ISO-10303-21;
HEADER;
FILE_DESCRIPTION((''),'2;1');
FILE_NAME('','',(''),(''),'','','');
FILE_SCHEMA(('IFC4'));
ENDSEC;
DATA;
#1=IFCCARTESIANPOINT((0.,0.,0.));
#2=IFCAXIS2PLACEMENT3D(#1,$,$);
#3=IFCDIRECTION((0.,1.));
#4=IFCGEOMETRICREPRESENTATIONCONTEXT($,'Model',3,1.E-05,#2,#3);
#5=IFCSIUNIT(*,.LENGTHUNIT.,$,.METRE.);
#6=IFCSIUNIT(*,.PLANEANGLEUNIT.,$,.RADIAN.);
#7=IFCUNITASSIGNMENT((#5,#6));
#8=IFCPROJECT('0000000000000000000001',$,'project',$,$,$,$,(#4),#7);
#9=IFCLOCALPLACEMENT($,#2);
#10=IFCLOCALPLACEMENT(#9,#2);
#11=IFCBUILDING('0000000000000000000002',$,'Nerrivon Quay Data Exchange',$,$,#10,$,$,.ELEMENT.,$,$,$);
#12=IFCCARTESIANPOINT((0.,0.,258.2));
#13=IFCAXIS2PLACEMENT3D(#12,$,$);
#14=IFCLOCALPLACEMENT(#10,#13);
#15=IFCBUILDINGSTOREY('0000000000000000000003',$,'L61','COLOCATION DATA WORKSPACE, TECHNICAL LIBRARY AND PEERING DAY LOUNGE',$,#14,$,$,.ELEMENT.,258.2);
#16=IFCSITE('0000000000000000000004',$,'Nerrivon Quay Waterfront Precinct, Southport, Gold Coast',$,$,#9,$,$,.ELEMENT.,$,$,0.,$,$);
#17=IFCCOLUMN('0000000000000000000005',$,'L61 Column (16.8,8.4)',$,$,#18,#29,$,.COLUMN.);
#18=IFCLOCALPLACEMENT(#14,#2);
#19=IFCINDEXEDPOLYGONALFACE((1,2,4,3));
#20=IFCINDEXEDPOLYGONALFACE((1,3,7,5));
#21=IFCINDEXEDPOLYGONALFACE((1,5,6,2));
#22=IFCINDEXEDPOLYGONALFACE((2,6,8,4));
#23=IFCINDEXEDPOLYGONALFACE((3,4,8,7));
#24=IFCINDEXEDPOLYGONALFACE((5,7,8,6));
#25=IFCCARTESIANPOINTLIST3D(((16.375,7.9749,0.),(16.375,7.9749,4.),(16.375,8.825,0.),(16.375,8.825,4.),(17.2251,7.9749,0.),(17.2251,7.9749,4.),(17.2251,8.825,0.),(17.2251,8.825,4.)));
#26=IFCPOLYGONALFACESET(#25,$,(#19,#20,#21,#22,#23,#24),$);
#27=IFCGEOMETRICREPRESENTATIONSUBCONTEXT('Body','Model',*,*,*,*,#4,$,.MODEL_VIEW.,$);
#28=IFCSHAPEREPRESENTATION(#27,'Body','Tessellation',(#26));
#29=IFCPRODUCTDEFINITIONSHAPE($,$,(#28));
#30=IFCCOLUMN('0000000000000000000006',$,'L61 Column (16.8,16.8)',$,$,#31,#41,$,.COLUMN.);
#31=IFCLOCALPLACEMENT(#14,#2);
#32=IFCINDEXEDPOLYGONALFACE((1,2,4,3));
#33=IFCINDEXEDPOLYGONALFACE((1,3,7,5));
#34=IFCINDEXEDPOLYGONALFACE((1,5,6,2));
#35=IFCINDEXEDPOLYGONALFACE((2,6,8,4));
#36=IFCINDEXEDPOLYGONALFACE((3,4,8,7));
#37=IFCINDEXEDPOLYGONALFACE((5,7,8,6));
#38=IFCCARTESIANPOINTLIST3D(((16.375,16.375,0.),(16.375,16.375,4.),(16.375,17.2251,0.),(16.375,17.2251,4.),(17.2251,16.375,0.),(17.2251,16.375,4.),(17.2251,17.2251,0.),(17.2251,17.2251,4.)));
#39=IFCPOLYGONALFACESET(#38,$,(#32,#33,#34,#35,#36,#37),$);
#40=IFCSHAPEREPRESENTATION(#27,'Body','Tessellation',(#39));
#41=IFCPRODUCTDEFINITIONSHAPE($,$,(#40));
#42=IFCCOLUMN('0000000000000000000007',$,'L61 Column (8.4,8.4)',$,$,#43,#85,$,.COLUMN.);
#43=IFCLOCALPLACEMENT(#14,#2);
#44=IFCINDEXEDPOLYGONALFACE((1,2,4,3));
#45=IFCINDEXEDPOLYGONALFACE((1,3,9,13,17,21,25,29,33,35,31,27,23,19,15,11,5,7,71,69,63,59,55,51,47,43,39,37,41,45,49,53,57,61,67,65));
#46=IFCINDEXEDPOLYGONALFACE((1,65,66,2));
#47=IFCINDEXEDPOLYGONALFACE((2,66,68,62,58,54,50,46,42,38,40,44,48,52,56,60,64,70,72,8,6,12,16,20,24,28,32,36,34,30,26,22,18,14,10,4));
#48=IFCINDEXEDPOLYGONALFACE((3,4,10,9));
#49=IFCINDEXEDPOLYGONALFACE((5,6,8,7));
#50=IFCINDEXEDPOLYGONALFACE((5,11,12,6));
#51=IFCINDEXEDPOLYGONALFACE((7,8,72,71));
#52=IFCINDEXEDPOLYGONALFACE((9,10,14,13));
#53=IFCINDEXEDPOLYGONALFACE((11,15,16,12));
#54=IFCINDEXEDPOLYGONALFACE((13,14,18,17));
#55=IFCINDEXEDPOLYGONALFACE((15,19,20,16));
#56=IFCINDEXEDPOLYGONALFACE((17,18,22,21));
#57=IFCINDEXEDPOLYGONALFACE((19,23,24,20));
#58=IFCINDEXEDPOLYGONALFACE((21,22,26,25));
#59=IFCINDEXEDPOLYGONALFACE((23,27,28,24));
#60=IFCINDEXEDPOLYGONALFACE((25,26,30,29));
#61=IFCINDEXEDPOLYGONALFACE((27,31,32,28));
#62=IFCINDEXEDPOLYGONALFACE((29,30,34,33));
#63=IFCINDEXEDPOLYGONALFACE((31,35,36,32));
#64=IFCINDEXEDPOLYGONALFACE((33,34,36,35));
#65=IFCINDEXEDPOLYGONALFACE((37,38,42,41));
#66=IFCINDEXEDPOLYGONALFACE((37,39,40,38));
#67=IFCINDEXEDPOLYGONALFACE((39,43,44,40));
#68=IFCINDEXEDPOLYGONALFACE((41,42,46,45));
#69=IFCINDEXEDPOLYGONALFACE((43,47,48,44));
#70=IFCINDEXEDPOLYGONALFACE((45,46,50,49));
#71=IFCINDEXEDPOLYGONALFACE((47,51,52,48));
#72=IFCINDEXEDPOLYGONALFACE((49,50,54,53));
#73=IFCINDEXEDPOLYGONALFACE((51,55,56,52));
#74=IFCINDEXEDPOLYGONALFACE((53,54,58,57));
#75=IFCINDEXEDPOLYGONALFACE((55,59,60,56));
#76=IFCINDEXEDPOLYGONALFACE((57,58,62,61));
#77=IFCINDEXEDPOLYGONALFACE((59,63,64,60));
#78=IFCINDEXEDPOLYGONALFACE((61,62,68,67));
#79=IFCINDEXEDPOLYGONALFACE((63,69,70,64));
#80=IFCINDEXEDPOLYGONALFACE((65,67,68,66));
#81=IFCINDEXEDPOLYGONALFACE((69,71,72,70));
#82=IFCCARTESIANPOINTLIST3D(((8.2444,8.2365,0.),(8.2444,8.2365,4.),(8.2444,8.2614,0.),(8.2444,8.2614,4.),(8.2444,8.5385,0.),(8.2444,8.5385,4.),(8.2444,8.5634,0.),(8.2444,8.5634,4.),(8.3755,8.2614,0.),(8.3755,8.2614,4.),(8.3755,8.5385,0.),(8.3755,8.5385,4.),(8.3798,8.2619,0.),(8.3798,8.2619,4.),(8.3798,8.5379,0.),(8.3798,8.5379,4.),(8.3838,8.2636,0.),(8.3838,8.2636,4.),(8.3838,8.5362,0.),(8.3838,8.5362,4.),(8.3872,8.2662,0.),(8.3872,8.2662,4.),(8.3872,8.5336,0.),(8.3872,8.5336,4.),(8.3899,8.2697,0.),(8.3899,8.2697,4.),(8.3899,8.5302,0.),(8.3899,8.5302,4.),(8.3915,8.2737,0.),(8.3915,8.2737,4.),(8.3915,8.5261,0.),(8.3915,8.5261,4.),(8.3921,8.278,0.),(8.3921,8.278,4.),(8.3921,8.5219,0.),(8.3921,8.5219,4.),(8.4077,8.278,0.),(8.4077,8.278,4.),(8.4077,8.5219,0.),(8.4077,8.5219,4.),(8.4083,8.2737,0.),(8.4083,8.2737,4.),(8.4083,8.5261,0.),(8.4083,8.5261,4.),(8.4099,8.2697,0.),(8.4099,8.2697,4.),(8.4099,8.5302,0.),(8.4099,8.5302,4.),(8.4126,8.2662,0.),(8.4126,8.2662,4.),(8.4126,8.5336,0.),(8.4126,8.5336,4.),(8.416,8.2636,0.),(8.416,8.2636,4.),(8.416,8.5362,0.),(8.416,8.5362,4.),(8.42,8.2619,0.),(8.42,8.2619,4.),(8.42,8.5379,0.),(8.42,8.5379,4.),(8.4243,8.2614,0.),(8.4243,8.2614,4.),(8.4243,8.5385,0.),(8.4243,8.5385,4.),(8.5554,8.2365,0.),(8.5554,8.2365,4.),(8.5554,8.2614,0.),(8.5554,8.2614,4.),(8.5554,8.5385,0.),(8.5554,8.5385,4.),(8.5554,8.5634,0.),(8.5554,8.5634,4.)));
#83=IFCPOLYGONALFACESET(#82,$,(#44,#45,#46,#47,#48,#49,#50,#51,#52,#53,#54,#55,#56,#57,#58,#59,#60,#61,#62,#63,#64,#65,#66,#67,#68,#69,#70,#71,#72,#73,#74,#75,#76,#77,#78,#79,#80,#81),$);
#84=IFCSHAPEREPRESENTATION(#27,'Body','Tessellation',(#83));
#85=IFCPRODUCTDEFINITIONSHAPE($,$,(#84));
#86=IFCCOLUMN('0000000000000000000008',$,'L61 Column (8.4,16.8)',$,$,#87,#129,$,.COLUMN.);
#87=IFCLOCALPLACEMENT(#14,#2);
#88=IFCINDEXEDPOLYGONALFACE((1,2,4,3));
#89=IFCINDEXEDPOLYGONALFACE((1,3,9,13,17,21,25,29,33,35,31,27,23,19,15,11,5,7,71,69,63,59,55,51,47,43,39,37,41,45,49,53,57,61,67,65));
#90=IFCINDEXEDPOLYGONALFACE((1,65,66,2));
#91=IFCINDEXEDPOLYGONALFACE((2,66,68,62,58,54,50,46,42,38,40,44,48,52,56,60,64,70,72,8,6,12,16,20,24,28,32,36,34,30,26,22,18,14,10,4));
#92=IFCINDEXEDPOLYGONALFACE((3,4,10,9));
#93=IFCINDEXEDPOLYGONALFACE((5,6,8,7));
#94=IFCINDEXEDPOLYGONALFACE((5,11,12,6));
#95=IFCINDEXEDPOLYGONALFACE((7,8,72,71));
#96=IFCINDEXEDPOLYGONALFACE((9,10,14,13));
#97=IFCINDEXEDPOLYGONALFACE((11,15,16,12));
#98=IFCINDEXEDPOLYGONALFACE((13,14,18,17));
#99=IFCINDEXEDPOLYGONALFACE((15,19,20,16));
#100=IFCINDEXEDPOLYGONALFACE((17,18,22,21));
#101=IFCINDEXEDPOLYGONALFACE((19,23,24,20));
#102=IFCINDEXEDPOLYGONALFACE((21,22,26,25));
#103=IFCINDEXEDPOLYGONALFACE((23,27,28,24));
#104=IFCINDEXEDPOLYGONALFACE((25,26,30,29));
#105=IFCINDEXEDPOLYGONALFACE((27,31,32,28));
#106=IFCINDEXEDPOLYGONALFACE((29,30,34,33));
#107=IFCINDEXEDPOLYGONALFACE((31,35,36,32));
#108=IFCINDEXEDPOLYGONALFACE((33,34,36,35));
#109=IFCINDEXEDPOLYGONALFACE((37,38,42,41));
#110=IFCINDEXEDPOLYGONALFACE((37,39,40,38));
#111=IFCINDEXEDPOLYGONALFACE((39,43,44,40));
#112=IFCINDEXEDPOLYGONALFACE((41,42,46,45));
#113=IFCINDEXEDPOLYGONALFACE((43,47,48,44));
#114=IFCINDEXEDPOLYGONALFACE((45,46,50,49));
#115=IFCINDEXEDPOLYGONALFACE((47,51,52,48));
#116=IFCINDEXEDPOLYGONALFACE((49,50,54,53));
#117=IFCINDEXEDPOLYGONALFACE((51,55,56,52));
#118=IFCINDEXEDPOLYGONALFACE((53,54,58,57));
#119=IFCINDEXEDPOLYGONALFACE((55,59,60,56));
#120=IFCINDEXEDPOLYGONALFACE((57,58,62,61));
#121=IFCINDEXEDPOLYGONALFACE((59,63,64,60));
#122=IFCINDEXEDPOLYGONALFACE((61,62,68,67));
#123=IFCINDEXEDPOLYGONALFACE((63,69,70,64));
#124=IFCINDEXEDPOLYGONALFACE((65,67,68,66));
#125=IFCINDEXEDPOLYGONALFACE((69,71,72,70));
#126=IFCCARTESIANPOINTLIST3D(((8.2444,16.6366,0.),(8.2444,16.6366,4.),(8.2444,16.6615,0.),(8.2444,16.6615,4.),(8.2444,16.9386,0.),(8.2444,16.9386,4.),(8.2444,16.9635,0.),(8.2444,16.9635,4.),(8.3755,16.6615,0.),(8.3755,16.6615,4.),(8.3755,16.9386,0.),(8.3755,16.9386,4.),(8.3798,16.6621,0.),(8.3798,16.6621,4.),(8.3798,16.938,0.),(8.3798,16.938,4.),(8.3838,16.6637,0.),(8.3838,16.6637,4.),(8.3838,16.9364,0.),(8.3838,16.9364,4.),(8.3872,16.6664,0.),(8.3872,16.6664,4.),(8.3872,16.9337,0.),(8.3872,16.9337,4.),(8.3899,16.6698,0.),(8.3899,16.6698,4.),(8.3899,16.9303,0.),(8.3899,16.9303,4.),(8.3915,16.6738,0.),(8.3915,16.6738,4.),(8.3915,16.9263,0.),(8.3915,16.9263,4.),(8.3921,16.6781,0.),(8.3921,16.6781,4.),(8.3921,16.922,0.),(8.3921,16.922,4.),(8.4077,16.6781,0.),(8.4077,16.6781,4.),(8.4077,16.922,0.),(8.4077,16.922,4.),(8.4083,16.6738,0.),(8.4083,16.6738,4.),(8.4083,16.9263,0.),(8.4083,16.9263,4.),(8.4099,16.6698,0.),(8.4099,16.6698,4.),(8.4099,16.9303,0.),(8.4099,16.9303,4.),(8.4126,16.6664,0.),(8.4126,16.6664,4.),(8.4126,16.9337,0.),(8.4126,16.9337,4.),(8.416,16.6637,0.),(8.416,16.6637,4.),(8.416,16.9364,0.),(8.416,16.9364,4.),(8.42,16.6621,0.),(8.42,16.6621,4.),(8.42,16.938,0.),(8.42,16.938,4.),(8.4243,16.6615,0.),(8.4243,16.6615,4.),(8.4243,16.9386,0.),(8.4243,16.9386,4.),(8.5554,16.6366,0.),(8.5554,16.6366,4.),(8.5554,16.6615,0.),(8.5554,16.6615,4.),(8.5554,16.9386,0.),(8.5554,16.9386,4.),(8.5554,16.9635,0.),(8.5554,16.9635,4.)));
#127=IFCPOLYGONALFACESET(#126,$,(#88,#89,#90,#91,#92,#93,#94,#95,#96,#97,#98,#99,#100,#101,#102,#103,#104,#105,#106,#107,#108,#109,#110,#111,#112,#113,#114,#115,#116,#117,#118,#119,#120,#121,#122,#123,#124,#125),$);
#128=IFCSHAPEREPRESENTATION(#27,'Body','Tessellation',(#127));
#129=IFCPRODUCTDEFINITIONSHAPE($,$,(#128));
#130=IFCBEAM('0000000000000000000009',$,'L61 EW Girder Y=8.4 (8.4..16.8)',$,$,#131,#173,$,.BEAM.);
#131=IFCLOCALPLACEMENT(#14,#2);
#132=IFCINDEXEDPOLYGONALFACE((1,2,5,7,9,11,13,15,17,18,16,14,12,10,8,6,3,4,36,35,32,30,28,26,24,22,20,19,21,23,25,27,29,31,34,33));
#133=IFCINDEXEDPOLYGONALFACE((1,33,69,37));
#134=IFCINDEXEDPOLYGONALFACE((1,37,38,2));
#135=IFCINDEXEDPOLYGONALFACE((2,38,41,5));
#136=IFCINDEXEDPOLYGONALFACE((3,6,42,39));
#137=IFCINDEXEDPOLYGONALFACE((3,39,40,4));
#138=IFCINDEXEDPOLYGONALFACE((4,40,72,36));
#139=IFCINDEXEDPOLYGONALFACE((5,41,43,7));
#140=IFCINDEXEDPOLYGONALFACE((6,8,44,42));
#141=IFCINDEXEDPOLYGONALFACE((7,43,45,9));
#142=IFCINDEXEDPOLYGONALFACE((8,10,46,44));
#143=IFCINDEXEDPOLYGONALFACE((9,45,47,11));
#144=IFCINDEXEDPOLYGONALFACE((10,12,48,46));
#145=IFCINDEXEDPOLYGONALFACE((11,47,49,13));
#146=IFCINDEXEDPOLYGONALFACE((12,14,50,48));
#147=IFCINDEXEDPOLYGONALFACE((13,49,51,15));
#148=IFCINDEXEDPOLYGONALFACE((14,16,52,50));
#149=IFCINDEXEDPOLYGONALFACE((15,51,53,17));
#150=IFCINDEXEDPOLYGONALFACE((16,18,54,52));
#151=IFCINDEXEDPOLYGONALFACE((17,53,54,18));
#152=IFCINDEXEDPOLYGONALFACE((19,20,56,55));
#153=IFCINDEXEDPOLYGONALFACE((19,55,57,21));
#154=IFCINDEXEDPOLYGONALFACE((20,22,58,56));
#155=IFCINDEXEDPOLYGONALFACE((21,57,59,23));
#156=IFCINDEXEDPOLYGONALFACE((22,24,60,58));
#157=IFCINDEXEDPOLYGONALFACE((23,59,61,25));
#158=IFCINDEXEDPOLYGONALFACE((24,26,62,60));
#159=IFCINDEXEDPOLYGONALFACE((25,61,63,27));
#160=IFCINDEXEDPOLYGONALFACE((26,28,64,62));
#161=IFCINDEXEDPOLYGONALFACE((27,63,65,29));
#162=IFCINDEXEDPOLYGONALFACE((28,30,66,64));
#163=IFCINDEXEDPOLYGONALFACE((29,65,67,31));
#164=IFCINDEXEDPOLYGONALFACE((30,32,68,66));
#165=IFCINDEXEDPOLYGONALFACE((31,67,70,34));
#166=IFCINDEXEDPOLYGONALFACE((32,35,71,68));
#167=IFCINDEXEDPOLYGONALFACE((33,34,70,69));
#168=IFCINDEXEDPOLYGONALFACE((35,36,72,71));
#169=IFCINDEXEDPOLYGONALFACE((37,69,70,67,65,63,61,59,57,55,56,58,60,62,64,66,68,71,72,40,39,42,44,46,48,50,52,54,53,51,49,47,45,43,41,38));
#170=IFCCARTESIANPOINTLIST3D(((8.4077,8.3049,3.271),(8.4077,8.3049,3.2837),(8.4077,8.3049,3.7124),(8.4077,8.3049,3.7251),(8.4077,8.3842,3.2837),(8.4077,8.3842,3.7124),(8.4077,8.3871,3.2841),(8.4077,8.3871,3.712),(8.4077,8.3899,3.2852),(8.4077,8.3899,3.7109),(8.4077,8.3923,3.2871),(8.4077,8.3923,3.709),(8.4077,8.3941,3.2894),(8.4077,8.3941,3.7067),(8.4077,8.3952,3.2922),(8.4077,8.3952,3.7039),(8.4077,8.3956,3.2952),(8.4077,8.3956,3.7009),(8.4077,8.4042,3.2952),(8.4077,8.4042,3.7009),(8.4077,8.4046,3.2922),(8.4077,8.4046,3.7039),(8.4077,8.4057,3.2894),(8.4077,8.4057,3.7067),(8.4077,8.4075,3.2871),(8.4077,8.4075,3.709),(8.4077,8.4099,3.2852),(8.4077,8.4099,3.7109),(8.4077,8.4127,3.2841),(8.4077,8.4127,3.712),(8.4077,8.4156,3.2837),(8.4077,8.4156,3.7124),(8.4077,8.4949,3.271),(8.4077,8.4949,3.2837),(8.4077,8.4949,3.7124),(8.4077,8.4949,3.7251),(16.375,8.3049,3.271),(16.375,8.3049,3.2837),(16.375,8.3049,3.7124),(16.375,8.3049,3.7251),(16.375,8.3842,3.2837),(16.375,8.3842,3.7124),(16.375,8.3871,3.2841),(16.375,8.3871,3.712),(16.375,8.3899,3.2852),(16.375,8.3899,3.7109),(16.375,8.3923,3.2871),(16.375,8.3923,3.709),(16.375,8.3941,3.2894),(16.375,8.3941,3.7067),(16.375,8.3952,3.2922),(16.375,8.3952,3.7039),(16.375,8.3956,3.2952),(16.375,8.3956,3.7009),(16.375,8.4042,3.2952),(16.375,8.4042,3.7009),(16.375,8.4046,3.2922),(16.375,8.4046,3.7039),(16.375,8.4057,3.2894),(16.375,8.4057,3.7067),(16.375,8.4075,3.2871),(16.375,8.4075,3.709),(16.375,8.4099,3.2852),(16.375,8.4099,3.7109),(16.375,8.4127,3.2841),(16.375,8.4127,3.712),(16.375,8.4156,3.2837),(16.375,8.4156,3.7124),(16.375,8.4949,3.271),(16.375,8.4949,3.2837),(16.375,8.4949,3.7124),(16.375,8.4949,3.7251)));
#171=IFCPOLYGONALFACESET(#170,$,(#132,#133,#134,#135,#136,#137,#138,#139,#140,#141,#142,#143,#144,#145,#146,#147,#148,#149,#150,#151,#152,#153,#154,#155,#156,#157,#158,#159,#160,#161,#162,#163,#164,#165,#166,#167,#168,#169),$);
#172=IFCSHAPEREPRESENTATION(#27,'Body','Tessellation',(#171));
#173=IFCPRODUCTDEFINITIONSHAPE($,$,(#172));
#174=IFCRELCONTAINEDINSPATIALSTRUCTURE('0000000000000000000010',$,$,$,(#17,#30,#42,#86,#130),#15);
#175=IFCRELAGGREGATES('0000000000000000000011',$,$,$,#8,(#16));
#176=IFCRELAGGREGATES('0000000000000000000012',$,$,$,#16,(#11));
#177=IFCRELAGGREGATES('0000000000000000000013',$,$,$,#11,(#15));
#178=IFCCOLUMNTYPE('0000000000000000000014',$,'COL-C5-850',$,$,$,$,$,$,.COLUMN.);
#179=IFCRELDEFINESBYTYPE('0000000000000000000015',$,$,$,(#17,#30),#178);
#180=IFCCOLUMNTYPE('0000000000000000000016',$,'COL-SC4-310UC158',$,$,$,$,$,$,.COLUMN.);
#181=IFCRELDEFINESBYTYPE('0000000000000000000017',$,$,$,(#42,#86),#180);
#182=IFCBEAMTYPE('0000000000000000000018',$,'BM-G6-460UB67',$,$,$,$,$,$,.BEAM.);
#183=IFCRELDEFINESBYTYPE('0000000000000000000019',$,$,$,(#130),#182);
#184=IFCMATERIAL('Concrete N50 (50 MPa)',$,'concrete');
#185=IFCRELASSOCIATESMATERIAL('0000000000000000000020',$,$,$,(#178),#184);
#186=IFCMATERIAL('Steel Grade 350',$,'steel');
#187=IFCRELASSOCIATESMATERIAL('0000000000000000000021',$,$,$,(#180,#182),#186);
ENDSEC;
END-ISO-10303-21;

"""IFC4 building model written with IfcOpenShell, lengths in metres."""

from ifc_helpers import new_model, si_unit, direction, frame, origin, origin_2d, place, context, subcontext, project, spatial, rectangle, i_section, extrude, material, material_profile, profile_set, type_object, element, save


model = new_model("IFC4")

# Units and contexts
model_context = context("Model", 3, precision=1e-05, world=origin(), true_north=direction((0.0, 1.0)))
body_context = subcontext(model_context, "Body", "Model", "MODEL_VIEW")
ifc_project = project(units=[si_unit("LENGTHUNIT", "METRE"), si_unit("PLANEANGLEUNIT", "RADIAN")], contexts=[model_context])

# Site, building, storey
site_placement = place(None, origin())
site = spatial("IfcSite", under=ifc_project, at=site_placement, Name="Nerrivon Quay Waterfront Precinct, Southport, Gold Coast", CompositionType="ELEMENT", RefElevation=0.0)
building_placement = place(site_placement, origin())
building = spatial("IfcBuilding", under=site, at=building_placement, Name="Nerrivon Quay Data Exchange", CompositionType="ELEMENT")
storey_placement = place(building_placement, frame((0.0, 0.0, 258.2)))
storey = spatial("IfcBuildingStorey", under=building, at=storey_placement, Name="L61", Description="COLOCATION DATA WORKSPACE, TECHNICAL LIBRARY AND PEERING DAY LOUNGE", CompositionType="ELEMENT", Elevation=258.2)

# Columns
ifc_material_1 = material(Name="Concrete N50 (50 MPa)", Category="concrete")
ifc_material_profile_1 = material_profile(ifc_material_1, rectangle(XDim=0.8501, YDim=0.8501, at=origin_2d()), Name="RC-COL-850x850")
ifc_profile_set_1 = profile_set([ifc_material_profile_1], Name="Concrete N50 (50 MPa)")
column_type_1 = type_object("IfcColumnType", Name="COL-C5-850", PredefinedType="COLUMN", material=ifc_profile_set_1)
for number, where, z_axis, x_axis, name in (
    (1, (16.8, 8.3999, 0.0), (0.0, 0.0, 1.0), (1.0, 0.0, 0.0), "L61 Column (16.8,8.4)"),
    (2, (16.8, 16.8, 0.0), (0.0, 0.0, 1.0), (1.0, 0.0, 0.0), "L61 Column (16.8,16.8)"),
):
    element("IfcColumn", number, at=place(storey_placement, frame(where, z_axis=z_axis, x_axis=x_axis)), inside=storey, type_object=column_type_1, Name=name, PredefinedType="COLUMN", context=body_context, shape_type="SweptSolid", body=[
        extrude(rectangle(XDim=0.8501, YDim=0.8501, at=origin_2d()), origin(), (0.0, 0.0, 1.0), 4.0),
    ])
ifc_material_2 = material(Name="Steel Grade 350", Category="steel")
ifc_material_profile_2 = material_profile(ifc_material_2, i_section(OverallWidth=0.311, OverallDepth=0.3269, WebThickness=0.0156, FlangeThickness=0.0249, FilletRadius=0.0166, at=origin_2d()), Name="310UC158")
ifc_profile_set_2 = profile_set([ifc_material_profile_2], Name="Steel Grade 350")
column_type_2 = type_object("IfcColumnType", Name="COL-SC4-310UC158", PredefinedType="COLUMN", material=ifc_profile_set_2)
for number, where, z_axis, x_axis, name in (
    (3, (8.3999, 8.3999, 0.0), (0.0, 0.0, 1.0), (1.0, 0.0, 0.0), "L61 Column (8.4,8.4)"),
    (4, (8.3999, 16.8, 0.0), (0.0, 0.0, 1.0), (1.0, 0.0, 0.0), "L61 Column (8.4,16.8)"),
):
    element("IfcColumn", number, at=place(storey_placement, frame(where, z_axis=z_axis, x_axis=x_axis)), inside=storey, type_object=column_type_2, Name=name, PredefinedType="COLUMN", context=body_context, shape_type="SweptSolid", body=[
        extrude(i_section(OverallWidth=0.311, OverallDepth=0.3269, WebThickness=0.0156, FlangeThickness=0.0249, FilletRadius=0.0166, at=origin_2d()), origin(), (0.0, 0.0, 1.0), 4.0),
    ])

# Beam
ifc_material_profile_3 = material_profile(ifc_material_2, i_section(OverallWidth=0.1899, OverallDepth=0.4541, WebThickness=0.0085, FlangeThickness=0.0127, FilletRadius=0.0115, at=origin_2d()), Name="460UB67.1")
ifc_profile_set_3 = profile_set([ifc_material_profile_3], Name="Steel Grade 350")
beam_type_1 = type_object("IfcBeamType", Name="BM-G6-460UB67", PredefinedType="BEAM", material=ifc_profile_set_3)
for number, where, z_axis, x_axis, name in (
    (5, (8.4077, 8.3999, 3.498), (1.0, 0.0, 0.0), (0.0, 1.0, 0.0), "L61 EW Girder Y=8.4 (8.4..16.8)"),
):
    element("IfcBeam", number, at=place(storey_placement, frame(where, z_axis=z_axis, x_axis=x_axis)), inside=storey, type_object=beam_type_1, Name=name, PredefinedType="BEAM", context=body_context, shape_type="SweptSolid", body=[
        extrude(i_section(OverallWidth=0.1899, OverallDepth=0.4541, WebThickness=0.0085, FlangeThickness=0.0127, FilletRadius=0.0115, at=origin_2d()), origin(), (0.0, 0.0, 1.0), 7.9673),
    ])

save(model, "model.ifc")
